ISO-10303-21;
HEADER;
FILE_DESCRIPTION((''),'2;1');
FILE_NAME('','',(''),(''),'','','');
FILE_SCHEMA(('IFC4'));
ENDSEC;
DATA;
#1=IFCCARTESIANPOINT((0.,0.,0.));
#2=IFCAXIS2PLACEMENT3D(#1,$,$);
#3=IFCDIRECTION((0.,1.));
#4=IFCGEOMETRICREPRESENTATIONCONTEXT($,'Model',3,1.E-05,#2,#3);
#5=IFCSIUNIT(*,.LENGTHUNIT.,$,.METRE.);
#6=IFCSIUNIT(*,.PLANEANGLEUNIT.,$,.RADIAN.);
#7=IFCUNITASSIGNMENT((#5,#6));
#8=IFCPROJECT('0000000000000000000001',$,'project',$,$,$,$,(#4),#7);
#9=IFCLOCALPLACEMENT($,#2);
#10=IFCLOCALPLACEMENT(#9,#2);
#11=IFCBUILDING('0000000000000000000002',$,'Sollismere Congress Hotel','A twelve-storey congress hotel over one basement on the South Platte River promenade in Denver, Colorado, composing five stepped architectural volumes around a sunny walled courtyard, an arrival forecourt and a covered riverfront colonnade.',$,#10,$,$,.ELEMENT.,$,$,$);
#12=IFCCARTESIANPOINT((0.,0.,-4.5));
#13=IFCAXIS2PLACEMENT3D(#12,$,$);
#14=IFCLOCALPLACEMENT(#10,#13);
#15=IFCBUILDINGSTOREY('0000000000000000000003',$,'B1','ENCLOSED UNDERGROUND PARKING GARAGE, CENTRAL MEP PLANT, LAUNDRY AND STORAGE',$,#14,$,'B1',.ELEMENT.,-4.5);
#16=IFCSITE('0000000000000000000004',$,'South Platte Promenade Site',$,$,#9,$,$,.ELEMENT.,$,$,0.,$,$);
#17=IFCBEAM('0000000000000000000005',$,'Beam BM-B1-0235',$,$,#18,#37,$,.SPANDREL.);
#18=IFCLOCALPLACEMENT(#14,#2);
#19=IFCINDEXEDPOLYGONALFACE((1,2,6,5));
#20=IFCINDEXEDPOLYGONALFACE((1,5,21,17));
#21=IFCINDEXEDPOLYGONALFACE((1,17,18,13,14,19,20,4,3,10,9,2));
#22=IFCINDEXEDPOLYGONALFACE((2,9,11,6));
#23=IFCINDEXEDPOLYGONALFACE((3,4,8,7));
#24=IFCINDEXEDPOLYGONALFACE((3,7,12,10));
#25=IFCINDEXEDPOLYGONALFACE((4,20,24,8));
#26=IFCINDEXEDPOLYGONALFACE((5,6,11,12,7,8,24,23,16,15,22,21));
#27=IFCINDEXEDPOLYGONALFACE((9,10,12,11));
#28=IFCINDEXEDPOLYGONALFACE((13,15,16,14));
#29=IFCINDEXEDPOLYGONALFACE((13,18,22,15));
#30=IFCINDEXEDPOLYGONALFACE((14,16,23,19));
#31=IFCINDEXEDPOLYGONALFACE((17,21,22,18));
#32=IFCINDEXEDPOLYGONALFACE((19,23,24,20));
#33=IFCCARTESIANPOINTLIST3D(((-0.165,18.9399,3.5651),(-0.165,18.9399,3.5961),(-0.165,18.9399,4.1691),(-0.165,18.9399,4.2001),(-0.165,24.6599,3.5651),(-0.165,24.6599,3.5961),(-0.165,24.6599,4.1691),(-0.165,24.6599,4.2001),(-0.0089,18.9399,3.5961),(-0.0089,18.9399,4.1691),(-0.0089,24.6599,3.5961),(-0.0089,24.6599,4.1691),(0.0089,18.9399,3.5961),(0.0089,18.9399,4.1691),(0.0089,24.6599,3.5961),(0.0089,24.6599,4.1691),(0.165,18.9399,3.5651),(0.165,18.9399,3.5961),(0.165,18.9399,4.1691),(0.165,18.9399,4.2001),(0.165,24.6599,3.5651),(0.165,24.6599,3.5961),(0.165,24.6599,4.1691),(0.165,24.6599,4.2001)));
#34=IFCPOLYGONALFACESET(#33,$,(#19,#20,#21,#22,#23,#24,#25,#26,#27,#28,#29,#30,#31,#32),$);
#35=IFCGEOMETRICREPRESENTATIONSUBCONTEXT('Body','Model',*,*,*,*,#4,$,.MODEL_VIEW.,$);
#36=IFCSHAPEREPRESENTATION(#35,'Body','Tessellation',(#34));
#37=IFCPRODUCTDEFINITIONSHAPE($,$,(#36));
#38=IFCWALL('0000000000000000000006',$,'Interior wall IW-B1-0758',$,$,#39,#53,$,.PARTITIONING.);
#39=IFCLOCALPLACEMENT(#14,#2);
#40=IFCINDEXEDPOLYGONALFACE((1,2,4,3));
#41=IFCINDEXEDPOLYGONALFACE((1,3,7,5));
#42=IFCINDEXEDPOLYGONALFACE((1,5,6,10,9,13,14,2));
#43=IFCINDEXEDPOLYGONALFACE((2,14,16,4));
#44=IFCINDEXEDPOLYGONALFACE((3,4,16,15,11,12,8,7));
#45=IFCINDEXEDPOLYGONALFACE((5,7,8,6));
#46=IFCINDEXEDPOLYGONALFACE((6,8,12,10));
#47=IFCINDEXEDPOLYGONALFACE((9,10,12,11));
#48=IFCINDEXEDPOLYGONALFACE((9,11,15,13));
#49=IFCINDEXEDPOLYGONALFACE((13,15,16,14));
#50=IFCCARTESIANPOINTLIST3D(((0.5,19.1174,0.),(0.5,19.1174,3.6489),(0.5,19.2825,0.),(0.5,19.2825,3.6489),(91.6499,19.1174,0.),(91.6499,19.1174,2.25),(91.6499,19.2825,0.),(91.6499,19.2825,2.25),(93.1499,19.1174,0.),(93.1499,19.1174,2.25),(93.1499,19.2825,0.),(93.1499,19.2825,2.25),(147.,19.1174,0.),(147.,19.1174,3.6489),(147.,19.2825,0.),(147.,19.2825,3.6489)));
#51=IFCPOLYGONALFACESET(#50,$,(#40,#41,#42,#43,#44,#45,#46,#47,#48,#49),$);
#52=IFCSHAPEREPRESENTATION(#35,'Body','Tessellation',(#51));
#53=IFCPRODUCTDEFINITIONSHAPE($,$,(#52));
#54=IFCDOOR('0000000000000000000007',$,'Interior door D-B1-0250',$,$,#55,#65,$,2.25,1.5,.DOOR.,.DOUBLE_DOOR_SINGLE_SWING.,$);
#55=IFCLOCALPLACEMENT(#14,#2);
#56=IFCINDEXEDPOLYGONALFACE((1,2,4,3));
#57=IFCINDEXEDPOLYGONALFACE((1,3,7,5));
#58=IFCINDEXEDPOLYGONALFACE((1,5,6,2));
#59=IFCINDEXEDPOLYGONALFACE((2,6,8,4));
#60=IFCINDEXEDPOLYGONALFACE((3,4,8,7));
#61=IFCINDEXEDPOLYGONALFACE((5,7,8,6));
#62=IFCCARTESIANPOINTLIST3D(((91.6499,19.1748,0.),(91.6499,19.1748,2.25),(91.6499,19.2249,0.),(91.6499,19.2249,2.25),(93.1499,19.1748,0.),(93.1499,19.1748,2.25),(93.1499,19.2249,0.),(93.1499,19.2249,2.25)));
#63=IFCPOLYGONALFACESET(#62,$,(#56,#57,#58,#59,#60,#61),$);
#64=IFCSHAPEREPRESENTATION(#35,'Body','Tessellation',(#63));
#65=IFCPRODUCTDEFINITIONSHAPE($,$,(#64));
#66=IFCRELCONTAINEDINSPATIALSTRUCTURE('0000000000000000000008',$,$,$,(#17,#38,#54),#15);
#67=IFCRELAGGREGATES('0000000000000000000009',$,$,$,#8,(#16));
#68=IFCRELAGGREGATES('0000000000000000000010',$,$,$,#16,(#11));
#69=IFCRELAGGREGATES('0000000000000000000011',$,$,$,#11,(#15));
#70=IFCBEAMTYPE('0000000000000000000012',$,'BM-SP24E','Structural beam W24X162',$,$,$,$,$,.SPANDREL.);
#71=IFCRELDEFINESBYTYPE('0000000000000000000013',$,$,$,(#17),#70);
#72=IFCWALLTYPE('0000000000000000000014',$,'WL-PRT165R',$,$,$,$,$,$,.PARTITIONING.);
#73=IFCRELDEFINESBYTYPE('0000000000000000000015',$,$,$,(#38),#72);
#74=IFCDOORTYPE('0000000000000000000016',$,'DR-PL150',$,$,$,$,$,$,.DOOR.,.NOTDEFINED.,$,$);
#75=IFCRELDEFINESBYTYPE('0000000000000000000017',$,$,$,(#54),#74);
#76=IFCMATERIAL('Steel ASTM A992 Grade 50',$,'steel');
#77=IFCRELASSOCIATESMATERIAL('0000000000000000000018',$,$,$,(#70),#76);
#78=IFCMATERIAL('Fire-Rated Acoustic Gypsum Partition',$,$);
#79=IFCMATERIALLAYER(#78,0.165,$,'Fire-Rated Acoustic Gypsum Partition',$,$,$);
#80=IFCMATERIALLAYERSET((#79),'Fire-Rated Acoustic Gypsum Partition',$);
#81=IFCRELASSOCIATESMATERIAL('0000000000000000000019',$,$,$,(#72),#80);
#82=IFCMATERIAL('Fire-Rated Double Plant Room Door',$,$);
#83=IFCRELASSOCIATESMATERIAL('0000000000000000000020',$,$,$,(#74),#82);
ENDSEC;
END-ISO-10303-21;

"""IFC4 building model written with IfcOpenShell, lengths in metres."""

from ifc_helpers import new_model, si_unit, direction, frame, frame_2d, origin, origin_2d, place, context, subcontext, project, spatial, rectangle, i_section, extrude, material, layer, layer_set, material_profile, profile_set, type_object, element, fill, save


model = new_model("IFC4")

# Units and contexts
model_context = context("Model", 3, precision=1e-05, world=origin(), true_north=direction((0.0, 1.0)))
body_context = subcontext(model_context, "Body", "Model", "MODEL_VIEW")
ifc_project = project(units=[si_unit("LENGTHUNIT", "METRE"), si_unit("PLANEANGLEUNIT", "RADIAN")], contexts=[model_context])

# Site, building, storey
site_placement = place(None, origin())
site = spatial("IfcSite", under=ifc_project, at=site_placement, Name="South Platte Promenade Site", CompositionType="ELEMENT", RefElevation=0.0)
building_placement = place(site_placement, origin())
building = spatial("IfcBuilding", under=site, at=building_placement, Name="Sollismere Congress Hotel", Description="A twelve-storey congress hotel over one basement on the South Platte River promenade in Denver, Colorado, composing five stepped architectural volumes around a sunny walled courtyard, an arrival forecourt and a covered riverfront colonnade.", CompositionType="ELEMENT")
storey_placement = place(building_placement, frame((0.0, 0.0, -4.5)))
storey = spatial("IfcBuildingStorey", under=building, at=storey_placement, Name="B1", Description="ENCLOSED UNDERGROUND PARKING GARAGE, CENTRAL MEP PLANT, LAUNDRY AND STORAGE", LongName="B1", CompositionType="ELEMENT", Elevation=-4.5)

# Beam
ifc_material_1 = material(Name="Steel ASTM A992 Grade 50", Category="steel")
ifc_material_profile_1 = material_profile(ifc_material_1, i_section(OverallWidth=0.3301, OverallDepth=0.635, WebThickness=0.0178, FlangeThickness=0.031, at=origin_2d()), Name="W24X162")
ifc_profile_set_1 = profile_set([ifc_material_profile_1], Name="Steel ASTM A992 Grade 50")
beam_type_1 = type_object("IfcBeamType", Name="BM-SP24E", Description="Structural beam W24X162", PredefinedType="SPANDREL", material=ifc_profile_set_1)
beam_1_placement = place(storey_placement, frame((0.0, 18.9399, 3.8826), z_axis=(0.0, 1.0, 0.0), x_axis=(-1.0, 0.0, 0.0)))
element("IfcBeam", 1, at=beam_1_placement, inside=storey, type_object=beam_type_1, Name="Beam BM-B1-0235", PredefinedType="SPANDREL", context=body_context, shape_type="SweptSolid", body=[
    extrude(i_section(OverallWidth=0.3301, OverallDepth=0.635, WebThickness=0.0178, FlangeThickness=0.031, at=origin_2d()), origin(), (0.0, 0.0, 1.0), 5.72),
])

# Wall, opening, door
ifc_material_2 = material(Name="Fire-Rated Acoustic Gypsum Partition")
ifc_layer = layer(ifc_material_2, 0.165, Name="Fire-Rated Acoustic Gypsum Partition")
ifc_layer_set = layer_set([ifc_layer], Name="Fire-Rated Acoustic Gypsum Partition")
wall_type = type_object("IfcWallType", Name="WL-PRT165R", PredefinedType="PARTITIONING", material=ifc_layer_set)
wall_placement = place(storey_placement, frame((0.5, 19.2, 0.0), z_axis=(0.0, 0.0, 1.0), x_axis=(1.0, 0.0, 0.0)))
wall = element("IfcWall", 2, at=wall_placement, inside=storey, type_object=wall_type, Name="Interior wall IW-B1-0758", PredefinedType="PARTITIONING", context=body_context, shape_type="SweptSolid", body=[
    extrude(rectangle(XDim=146.5, YDim=0.165, at=frame_2d((73.25, 0.0))), origin(), (0.0, 0.0, 1.0), 3.6489),
])
opening_placement = place(wall_placement, frame((91.1499, 0.0, 0.0)))
opening = element("IfcOpeningElement", 3, at=opening_placement, cuts=wall, PredefinedType="OPENING", context=body_context, shape_type="SweptSolid", body=[
    extrude(rectangle(XDim=1.5, YDim=2.25, at=frame_2d((0.75, 1.125))), frame((0.0, 0.0925, 0.0), z_axis=(0.0, -1.0, 0.0), x_axis=(1.0, 0.0, 0.0)), (0.0, 0.0, 1.0), 0.1851),
])
ifc_material_3 = material(Name="Fire-Rated Double Plant Room Door")
door_type = type_object("IfcDoorType", Name="DR-PL150", OperationType="NOTDEFINED", PredefinedType="DOOR", material=ifc_material_3)
door_placement = place(opening_placement, origin())
door = element("IfcDoor", 4, at=door_placement, inside=storey, type_object=door_type, Name="Interior door D-B1-0250", OperationType="DOUBLE_DOOR_SINGLE_SWING", OverallHeight=2.25, OverallWidth=1.5, PredefinedType="DOOR", context=body_context, shape_type="SweptSolid", body=[
    extrude(rectangle(XDim=1.5, YDim=2.25, at=frame_2d((0.75, 1.125))), frame((0.0, 0.0249, 0.0), z_axis=(0.0, -1.0, 0.0), x_axis=(1.0, 0.0, 0.0)), (0.0, 0.0, 1.0), 0.05),
])
fill(opening, door)

save(model, "model.ifc")
